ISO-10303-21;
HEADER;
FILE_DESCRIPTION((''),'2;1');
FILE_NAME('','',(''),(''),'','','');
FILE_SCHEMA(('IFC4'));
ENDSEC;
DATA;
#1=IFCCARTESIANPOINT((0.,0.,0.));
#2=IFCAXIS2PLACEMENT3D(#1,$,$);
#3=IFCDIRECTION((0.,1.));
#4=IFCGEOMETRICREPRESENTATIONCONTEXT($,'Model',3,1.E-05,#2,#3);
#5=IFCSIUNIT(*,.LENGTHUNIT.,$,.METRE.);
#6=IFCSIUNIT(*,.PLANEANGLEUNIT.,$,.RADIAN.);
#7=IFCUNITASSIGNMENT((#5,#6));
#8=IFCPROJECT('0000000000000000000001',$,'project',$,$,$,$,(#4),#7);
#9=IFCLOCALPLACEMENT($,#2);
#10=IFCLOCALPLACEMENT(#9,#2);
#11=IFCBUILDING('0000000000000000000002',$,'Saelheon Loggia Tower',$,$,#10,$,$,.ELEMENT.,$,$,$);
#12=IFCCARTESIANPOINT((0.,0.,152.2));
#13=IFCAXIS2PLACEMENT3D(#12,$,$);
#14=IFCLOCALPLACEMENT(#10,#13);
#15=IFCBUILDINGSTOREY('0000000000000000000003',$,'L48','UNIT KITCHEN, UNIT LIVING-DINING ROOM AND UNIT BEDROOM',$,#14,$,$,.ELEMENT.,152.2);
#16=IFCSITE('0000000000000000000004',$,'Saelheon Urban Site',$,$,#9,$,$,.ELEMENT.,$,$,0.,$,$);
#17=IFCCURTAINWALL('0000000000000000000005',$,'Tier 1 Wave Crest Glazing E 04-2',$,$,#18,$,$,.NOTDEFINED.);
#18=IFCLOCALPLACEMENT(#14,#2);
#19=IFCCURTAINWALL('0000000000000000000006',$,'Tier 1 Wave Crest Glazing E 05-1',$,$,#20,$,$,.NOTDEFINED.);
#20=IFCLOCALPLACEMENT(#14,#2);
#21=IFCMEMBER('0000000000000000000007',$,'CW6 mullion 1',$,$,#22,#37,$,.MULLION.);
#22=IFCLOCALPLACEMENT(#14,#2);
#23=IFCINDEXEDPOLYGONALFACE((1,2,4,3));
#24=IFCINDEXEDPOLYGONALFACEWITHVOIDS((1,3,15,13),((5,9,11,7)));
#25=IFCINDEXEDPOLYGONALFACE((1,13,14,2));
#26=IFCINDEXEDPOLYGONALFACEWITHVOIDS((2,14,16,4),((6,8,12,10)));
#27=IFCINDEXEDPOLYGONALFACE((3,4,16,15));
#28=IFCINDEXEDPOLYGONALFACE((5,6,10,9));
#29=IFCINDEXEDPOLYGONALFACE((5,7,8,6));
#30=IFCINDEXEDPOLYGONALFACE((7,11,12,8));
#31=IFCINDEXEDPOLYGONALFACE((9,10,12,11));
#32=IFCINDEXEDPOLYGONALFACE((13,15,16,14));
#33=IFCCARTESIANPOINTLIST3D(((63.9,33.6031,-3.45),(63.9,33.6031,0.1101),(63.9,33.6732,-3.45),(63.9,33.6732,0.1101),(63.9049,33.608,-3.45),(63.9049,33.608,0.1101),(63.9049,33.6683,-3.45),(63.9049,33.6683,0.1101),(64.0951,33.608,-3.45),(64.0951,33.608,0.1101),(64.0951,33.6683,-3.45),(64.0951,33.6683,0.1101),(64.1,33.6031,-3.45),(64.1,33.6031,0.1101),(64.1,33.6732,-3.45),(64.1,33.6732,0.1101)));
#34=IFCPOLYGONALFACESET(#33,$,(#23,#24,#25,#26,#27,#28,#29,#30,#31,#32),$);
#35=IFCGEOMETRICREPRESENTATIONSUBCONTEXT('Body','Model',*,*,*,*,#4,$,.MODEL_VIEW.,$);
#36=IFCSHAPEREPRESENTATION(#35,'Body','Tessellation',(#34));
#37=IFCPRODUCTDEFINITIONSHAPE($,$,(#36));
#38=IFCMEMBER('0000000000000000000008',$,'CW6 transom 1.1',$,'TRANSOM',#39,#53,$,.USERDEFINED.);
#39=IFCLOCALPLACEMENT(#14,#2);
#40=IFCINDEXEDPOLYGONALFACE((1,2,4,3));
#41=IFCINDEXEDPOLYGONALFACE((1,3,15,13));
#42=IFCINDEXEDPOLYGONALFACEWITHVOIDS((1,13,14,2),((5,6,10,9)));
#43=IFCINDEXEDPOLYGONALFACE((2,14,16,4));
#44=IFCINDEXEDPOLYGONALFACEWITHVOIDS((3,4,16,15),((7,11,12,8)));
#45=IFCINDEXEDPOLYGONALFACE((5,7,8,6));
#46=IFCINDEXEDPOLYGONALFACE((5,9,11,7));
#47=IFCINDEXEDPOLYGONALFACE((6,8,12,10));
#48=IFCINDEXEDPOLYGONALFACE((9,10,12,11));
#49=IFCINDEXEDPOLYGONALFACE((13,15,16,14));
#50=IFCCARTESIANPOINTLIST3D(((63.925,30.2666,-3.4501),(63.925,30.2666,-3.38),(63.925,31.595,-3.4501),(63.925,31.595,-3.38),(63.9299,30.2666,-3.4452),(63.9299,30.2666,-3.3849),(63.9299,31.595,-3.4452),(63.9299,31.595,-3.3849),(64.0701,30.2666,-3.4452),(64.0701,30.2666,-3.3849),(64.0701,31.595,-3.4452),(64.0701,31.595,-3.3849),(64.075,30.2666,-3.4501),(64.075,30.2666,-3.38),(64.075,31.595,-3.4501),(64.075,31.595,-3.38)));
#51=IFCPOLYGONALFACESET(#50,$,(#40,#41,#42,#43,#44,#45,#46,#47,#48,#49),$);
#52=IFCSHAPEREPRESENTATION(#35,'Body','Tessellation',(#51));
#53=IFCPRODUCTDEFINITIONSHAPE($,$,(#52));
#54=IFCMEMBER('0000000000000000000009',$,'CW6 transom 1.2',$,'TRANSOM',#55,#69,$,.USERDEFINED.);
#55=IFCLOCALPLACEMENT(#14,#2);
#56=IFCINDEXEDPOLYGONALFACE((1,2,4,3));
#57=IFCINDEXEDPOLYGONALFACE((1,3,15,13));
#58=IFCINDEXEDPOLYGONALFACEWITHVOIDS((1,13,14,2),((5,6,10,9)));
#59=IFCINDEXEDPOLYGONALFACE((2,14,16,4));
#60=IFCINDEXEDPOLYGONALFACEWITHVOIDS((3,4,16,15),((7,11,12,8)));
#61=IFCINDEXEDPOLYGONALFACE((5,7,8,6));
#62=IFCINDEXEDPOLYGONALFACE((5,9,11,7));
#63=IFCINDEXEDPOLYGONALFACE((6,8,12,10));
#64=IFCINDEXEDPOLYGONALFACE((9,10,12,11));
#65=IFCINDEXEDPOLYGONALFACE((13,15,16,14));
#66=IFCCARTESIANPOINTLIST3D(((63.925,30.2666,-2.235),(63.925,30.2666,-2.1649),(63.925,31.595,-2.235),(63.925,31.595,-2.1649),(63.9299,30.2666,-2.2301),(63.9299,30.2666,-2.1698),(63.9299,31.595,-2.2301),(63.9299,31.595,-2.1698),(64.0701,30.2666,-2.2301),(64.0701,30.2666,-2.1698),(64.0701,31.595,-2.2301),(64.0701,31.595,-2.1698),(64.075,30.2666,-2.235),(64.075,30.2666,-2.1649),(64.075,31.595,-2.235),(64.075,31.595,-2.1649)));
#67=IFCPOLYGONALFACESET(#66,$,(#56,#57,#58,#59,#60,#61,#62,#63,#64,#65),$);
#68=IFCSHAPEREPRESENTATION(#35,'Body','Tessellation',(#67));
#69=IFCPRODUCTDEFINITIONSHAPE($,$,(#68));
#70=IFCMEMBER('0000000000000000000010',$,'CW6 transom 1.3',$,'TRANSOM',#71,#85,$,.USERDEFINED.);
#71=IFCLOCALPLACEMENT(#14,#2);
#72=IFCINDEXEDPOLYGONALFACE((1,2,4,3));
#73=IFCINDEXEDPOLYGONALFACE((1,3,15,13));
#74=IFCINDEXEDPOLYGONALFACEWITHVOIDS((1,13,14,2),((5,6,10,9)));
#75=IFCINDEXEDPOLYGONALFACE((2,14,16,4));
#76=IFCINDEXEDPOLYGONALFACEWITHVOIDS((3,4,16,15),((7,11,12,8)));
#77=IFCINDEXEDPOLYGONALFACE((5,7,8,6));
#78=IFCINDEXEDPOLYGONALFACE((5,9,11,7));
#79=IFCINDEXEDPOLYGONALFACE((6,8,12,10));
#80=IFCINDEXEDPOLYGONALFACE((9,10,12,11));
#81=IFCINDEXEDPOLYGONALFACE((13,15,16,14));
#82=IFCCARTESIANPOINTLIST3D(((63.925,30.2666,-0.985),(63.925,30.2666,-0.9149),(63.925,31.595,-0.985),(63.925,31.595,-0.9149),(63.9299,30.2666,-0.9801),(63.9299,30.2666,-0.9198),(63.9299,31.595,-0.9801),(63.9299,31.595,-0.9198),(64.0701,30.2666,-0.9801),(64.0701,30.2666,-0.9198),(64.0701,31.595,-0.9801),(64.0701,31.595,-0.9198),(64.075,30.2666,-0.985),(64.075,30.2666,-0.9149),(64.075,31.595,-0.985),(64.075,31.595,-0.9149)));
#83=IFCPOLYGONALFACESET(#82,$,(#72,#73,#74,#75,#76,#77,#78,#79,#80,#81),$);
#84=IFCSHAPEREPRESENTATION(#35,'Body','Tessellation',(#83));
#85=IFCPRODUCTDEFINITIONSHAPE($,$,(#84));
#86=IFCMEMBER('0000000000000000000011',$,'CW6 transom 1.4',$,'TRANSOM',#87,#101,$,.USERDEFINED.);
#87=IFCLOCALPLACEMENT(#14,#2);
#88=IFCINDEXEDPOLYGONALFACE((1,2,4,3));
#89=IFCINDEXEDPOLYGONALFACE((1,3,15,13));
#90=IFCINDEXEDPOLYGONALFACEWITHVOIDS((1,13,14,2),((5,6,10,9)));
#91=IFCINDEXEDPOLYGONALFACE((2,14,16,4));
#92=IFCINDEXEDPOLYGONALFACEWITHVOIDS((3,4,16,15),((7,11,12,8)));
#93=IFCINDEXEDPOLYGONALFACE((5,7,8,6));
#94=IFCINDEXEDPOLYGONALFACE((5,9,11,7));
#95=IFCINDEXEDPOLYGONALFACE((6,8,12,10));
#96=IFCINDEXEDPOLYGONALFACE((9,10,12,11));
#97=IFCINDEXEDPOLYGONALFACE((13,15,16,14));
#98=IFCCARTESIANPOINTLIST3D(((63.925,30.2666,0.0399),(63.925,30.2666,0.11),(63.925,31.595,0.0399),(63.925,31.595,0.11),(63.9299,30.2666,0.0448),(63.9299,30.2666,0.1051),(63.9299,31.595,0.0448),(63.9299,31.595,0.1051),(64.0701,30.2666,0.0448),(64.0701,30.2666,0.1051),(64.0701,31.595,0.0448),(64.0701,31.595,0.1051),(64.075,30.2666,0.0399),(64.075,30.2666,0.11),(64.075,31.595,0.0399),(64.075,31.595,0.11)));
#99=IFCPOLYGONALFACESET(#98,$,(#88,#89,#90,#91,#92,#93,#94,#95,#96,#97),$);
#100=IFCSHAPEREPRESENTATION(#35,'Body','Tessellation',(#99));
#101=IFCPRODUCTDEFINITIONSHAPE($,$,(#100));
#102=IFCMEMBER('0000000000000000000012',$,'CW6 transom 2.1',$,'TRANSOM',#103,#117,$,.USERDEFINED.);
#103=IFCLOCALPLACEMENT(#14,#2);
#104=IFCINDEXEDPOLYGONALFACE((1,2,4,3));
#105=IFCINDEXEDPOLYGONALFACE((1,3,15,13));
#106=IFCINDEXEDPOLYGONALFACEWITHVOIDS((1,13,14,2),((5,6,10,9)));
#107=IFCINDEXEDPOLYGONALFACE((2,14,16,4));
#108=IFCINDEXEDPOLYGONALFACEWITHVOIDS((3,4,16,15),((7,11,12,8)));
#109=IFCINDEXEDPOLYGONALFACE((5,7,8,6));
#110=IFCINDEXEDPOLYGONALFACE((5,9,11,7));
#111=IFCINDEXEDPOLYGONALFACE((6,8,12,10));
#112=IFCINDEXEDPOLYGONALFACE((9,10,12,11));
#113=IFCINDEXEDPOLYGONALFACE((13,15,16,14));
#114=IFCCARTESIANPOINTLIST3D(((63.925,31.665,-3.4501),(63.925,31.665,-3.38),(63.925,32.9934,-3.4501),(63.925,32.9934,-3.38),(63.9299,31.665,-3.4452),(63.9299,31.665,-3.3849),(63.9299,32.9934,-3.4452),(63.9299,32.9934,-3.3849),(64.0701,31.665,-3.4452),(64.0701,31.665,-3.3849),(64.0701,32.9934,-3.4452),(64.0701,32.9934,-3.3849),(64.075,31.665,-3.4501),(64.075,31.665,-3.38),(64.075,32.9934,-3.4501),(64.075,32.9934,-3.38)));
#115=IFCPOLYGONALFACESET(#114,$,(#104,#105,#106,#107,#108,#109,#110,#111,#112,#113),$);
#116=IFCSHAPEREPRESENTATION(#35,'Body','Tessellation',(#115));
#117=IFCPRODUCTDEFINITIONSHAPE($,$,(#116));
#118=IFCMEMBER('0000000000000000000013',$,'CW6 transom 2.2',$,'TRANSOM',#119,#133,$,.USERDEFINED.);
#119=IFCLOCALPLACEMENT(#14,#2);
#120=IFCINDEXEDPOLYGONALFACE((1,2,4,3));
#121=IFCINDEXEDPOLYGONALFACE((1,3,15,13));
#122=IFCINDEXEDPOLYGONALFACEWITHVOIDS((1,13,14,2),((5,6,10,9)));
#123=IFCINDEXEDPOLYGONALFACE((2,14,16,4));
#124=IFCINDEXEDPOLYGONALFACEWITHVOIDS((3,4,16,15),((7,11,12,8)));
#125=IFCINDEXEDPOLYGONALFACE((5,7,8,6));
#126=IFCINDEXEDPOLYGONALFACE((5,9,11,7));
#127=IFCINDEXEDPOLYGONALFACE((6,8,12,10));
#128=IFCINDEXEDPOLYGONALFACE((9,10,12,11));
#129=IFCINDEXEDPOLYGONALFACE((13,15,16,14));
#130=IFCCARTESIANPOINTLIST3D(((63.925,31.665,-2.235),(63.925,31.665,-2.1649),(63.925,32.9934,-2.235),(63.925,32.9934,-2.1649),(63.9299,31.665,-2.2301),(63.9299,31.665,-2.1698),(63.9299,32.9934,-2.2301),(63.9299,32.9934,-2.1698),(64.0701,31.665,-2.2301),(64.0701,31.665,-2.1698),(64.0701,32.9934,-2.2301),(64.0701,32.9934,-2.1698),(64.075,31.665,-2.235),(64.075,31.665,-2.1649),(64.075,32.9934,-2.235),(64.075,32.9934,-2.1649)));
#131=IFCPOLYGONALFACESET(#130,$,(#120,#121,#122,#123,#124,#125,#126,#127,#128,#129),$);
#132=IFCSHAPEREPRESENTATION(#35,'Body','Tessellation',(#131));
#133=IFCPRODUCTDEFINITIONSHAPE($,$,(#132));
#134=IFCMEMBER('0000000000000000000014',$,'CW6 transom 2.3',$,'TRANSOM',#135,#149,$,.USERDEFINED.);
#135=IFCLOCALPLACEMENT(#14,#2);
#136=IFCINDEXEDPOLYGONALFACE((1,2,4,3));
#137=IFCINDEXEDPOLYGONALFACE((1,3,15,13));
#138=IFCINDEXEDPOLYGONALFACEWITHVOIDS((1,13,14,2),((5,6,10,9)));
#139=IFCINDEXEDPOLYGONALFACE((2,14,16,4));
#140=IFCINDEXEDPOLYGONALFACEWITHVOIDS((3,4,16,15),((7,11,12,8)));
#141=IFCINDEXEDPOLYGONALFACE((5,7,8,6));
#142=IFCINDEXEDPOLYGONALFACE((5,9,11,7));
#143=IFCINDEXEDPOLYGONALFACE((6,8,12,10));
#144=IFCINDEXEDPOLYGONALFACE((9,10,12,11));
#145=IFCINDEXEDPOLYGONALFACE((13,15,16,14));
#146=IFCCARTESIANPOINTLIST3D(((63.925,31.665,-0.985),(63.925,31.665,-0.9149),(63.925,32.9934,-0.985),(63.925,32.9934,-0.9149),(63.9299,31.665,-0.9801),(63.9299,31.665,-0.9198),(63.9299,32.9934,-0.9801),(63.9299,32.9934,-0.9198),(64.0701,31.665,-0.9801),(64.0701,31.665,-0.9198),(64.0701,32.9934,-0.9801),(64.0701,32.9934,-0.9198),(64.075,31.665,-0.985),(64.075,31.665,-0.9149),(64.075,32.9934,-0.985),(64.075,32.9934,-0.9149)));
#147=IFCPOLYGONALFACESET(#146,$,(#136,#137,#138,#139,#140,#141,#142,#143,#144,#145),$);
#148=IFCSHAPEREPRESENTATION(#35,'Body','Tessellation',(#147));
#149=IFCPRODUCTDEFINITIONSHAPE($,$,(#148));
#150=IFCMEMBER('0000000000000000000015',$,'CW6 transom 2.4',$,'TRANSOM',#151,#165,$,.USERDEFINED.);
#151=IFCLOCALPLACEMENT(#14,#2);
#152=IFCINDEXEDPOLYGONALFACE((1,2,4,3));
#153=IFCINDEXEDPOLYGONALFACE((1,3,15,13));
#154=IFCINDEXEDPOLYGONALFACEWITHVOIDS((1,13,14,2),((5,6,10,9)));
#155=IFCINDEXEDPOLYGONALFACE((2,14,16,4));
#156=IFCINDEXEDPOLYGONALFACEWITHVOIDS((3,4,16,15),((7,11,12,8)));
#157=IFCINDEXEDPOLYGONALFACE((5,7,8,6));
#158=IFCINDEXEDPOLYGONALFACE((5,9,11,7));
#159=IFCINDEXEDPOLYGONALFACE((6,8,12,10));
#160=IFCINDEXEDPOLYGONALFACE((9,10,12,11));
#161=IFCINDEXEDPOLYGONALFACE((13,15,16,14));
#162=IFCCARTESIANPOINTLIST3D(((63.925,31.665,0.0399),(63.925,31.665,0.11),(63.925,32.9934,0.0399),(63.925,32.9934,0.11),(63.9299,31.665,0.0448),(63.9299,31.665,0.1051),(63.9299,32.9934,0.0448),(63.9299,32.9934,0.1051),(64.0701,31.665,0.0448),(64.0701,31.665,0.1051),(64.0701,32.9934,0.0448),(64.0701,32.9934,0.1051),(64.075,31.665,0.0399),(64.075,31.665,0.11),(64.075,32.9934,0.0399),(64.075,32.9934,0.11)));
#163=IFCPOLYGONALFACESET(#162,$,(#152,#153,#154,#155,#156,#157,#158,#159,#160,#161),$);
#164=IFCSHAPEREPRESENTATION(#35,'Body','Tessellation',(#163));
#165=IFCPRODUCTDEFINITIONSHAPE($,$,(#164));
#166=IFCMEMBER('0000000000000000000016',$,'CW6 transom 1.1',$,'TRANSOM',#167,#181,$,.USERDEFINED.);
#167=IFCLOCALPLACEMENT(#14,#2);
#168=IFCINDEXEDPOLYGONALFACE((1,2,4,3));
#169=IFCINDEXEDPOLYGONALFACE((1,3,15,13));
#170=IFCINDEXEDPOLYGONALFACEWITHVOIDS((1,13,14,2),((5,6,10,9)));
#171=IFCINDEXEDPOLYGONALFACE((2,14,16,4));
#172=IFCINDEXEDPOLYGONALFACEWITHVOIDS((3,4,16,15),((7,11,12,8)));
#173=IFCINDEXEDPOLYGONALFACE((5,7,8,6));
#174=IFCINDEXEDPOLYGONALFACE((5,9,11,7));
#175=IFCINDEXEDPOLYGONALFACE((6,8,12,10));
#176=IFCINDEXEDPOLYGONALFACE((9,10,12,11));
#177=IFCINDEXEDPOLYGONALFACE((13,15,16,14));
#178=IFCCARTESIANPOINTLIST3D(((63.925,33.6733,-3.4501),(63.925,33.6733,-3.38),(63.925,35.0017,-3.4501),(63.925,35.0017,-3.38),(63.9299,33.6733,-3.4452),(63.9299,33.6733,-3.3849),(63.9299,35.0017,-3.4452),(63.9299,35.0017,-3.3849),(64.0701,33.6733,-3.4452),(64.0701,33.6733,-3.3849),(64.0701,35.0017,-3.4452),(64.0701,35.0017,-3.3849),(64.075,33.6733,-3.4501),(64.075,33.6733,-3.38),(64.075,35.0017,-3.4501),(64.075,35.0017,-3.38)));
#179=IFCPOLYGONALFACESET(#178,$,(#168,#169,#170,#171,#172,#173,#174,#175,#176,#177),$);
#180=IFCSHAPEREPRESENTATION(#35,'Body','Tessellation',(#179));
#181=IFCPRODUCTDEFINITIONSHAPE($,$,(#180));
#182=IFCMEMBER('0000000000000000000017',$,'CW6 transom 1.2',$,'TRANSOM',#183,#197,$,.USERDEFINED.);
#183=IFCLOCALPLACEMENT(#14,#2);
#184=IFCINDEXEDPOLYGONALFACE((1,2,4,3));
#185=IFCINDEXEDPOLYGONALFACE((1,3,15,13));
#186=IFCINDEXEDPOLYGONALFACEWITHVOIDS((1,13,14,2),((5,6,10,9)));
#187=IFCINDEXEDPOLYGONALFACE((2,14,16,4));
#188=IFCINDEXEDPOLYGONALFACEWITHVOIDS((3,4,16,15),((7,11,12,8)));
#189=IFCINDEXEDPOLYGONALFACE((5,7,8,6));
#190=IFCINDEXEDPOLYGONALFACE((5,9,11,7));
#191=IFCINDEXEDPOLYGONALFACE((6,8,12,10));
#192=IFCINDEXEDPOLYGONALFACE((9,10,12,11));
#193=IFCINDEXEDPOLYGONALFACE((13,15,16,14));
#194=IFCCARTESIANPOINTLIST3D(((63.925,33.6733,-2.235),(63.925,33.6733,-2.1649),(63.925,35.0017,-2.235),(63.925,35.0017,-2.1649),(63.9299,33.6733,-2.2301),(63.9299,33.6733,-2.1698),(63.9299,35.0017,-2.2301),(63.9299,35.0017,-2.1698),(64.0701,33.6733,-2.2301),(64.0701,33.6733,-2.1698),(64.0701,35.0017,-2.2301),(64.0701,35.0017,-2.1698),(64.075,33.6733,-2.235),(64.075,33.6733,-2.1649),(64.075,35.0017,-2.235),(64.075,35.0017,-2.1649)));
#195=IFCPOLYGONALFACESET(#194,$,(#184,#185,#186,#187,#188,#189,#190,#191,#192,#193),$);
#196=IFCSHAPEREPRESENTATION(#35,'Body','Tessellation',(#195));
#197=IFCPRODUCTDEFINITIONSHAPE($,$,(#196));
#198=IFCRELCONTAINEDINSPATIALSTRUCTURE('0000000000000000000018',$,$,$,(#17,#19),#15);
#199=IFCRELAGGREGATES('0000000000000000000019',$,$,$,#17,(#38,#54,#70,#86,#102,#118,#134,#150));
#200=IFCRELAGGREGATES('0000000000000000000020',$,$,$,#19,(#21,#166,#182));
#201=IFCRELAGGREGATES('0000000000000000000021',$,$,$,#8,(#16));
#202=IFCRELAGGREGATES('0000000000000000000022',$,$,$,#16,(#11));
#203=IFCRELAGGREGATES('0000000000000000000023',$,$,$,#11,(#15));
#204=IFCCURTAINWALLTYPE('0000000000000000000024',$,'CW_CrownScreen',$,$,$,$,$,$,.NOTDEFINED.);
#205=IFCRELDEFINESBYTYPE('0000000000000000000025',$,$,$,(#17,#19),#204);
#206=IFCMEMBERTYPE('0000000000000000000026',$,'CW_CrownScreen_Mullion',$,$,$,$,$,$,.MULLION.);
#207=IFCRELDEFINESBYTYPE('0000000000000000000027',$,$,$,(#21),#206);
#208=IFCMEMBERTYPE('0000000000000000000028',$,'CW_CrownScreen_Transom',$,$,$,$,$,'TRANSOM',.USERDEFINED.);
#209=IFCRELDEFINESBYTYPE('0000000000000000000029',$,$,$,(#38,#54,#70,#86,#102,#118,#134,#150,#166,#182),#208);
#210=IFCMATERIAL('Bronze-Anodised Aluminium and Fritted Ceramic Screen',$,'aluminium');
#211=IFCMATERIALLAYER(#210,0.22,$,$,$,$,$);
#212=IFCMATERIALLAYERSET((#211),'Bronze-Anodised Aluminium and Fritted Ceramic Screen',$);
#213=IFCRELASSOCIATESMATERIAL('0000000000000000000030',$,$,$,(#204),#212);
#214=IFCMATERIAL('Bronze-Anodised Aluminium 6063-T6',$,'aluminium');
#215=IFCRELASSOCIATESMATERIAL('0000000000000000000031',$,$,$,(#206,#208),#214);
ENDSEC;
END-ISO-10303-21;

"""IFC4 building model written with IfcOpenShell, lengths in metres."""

from ifc_helpers import new_model, si_unit, direction, frame, origin, origin_2d, place, context, subcontext, project, spatial, hollow_rectangle, extrude, source, transform, mapped, material, layer, layer_set, material_profile, profile_set, type_object, element, aggregate, save


model = new_model("IFC4")

# Units and contexts
model_context = context("Model", 3, precision=1e-05, world=origin(), true_north=direction((0.0, 1.0)))
body_context = subcontext(model_context, "Body", "Model", "MODEL_VIEW")
ifc_project = project(units=[si_unit("LENGTHUNIT", "METRE"), si_unit("PLANEANGLEUNIT", "RADIAN")], contexts=[model_context])

# Site, building, storey
site_placement = place(None, origin())
site = spatial("IfcSite", under=ifc_project, at=site_placement, Name="Saelheon Urban Site", CompositionType="ELEMENT", RefElevation=0.0)
building_placement = place(site_placement, origin())
building = spatial("IfcBuilding", under=site, at=building_placement, Name="Saelheon Loggia Tower", CompositionType="ELEMENT")
storey_placement = place(building_placement, frame((0.0, 0.0, 152.2)))
storey = spatial("IfcBuildingStorey", under=building, at=storey_placement, Name="L48", Description="UNIT KITCHEN, UNIT LIVING-DINING ROOM AND UNIT BEDROOM", CompositionType="ELEMENT", Elevation=152.2)

# Curtain wall
ifc_material_1 = material(Name="Bronze-Anodised Aluminium and Fritted Ceramic Screen", Category="aluminium")
ifc_layer_1 = layer(ifc_material_1, 0.22)
ifc_layer_set_1 = layer_set([ifc_layer_1], Name="Bronze-Anodised Aluminium and Fritted Ceramic Screen")
curtain_wall_type = type_object("IfcCurtainWallType", Name="CW_CrownScreen", PredefinedType="NOTDEFINED", material=ifc_layer_set_1)
curtain_wall_1_placement = place(storey_placement, origin())
curtain_wall_1 = element("IfcCurtainWall", 1, at=curtain_wall_1_placement, inside=storey, type_object=curtain_wall_type, Name="Tier 1 Wave Crest Glazing E 04-2", PredefinedType="NOTDEFINED")
ifc_material_2 = material(Name="Bronze-Anodised Aluminium 6063-T6", Category="aluminium")
ifc_material_profile_1 = material_profile(ifc_material_2, hollow_rectangle(XDim=0.0701, YDim=0.2, WallThickness=0.0049, at=origin_2d()), Name="RHS-200x70x5")
ifc_profile_set_1 = profile_set([ifc_material_profile_1], Name="Bronze-Anodised Aluminium 6063-T6")
member_type_1 = type_object("IfcMemberType", Name="CW_CrownScreen_Mullion", PredefinedType="MULLION", material=ifc_profile_set_1)
shared_shape_1 = source(origin(), body_context, "Body", "SweptSolid", [
    extrude(hollow_rectangle(XDim=0.0701, YDim=0.2, WallThickness=0.0049, at=origin_2d()), origin(), (0.0, 0.0, 1.0), 3.5601),
])

# Curtain wall, member
curtain_wall_2_placement = place(storey_placement, origin())
curtain_wall_2 = element("IfcCurtainWall", 2, at=curtain_wall_2_placement, inside=storey, type_object=curtain_wall_type, Name="Tier 1 Wave Crest Glazing E 05-1", PredefinedType="NOTDEFINED")
member_1_placement = place(storey_placement, frame((64.0, 33.6382, -3.45), z_axis=(0.0, 0.0, 1.0), x_axis=(0.0, 1.0, 0.0)))
member_1 = element("IfcMember", 3, at=member_1_placement, type_object=member_type_1, Name="CW6 mullion 1", PredefinedType="MULLION", context=body_context, shape_type="MappedRepresentation", body=[
    mapped(shared_shape_1, transform((0.0, 0.0, 0.0), scale=1.0)),
])

# Members
ifc_material_profile_2 = material_profile(ifc_material_2, hollow_rectangle(XDim=0.0701, YDim=0.1499, WallThickness=0.0049, at=origin_2d()), Name="RHS-150x70x5")
ifc_profile_set_2 = profile_set([ifc_material_profile_2], Name="Bronze-Anodised Aluminium 6063-T6")
member_type_2 = type_object("IfcMemberType", Name="CW_CrownScreen_Transom", ElementType="TRANSOM", PredefinedType="USERDEFINED", material=ifc_profile_set_2)
shared_shape_2 = source(origin(), body_context, "Body", "SweptSolid", [
    extrude(hollow_rectangle(XDim=0.0701, YDim=0.1499, WallThickness=0.0049, at=origin_2d()), origin(), (0.0, 0.0, 1.0), 1.3284),
])
member_2_placement = place(storey_placement, frame((64.0, 30.2666, -3.415), z_axis=(0.0, 1.0, 0.0), x_axis=(0.0, 0.0, 1.0)))
member_2 = element("IfcMember", 4, at=member_2_placement, type_object=member_type_2, Name="CW6 transom 1.1", ObjectType="TRANSOM", PredefinedType="USERDEFINED", context=body_context, shape_type="MappedRepresentation", body=[
    mapped(shared_shape_2, transform((0.0, 0.0, 0.0), scale=1.0)),
])
member_3_placement = place(storey_placement, frame((64.0, 30.2666, -2.2), z_axis=(0.0, 1.0, 0.0), x_axis=(0.0, 0.0, 1.0)))
member_3 = element("IfcMember", 5, at=member_3_placement, type_object=member_type_2, Name="CW6 transom 1.2", ObjectType="TRANSOM", PredefinedType="USERDEFINED", context=body_context, shape_type="MappedRepresentation", body=[
    mapped(shared_shape_2, transform((0.0, 0.0, 0.0), scale=1.0)),
])
member_4_placement = place(storey_placement, frame((64.0, 30.2666, -0.95), z_axis=(0.0, 1.0, 0.0), x_axis=(0.0, 0.0, 1.0)))
member_4 = element("IfcMember", 6, at=member_4_placement, type_object=member_type_2, Name="CW6 transom 1.3", ObjectType="TRANSOM", PredefinedType="USERDEFINED", context=body_context, shape_type="MappedRepresentation", body=[
    mapped(shared_shape_2, transform((0.0, 0.0, 0.0), scale=1.0)),
])
member_5_placement = place(storey_placement, frame((64.0, 30.2666, 0.075), z_axis=(0.0, 1.0, 0.0), x_axis=(0.0, 0.0, 1.0)))
member_5 = element("IfcMember", 7, at=member_5_placement, type_object=member_type_2, Name="CW6 transom 1.4", ObjectType="TRANSOM", PredefinedType="USERDEFINED", context=body_context, shape_type="MappedRepresentation", body=[
    mapped(shared_shape_2, transform((0.0, 0.0, 0.0), scale=1.0)),
])
member_6_placement = place(storey_placement, frame((64.0, 31.665, -3.415), z_axis=(0.0, 1.0, 0.0), x_axis=(0.0, 0.0, 1.0)))
member_6 = element("IfcMember", 8, at=member_6_placement, type_object=member_type_2, Name="CW6 transom 2.1", ObjectType="TRANSOM", PredefinedType="USERDEFINED", context=body_context, shape_type="MappedRepresentation", body=[
    mapped(shared_shape_2, transform((0.0, 0.0, 0.0), scale=1.0)),
])
member_7_placement = place(storey_placement, frame((64.0, 31.665, -2.2), z_axis=(0.0, 1.0, 0.0), x_axis=(0.0, 0.0, 1.0)))
member_7 = element("IfcMember", 9, at=member_7_placement, type_object=member_type_2, Name="CW6 transom 2.2", ObjectType="TRANSOM", PredefinedType="USERDEFINED", context=body_context, shape_type="MappedRepresentation", body=[
    mapped(shared_shape_2, transform((0.0, 0.0, 0.0), scale=1.0)),
])
member_8_placement = place(storey_placement, frame((64.0, 31.665, -0.95), z_axis=(0.0, 1.0, 0.0), x_axis=(0.0, 0.0, 1.0)))
member_8 = element("IfcMember", 10, at=member_8_placement, type_object=member_type_2, Name="CW6 transom 2.3", ObjectType="TRANSOM", PredefinedType="USERDEFINED", context=body_context, shape_type="MappedRepresentation", body=[
    mapped(shared_shape_2, transform((0.0, 0.0, 0.0), scale=1.0)),
])
member_9_placement = place(storey_placement, frame((64.0, 31.665, 0.075), z_axis=(0.0, 1.0, 0.0), x_axis=(0.0, 0.0, 1.0)))
member_9 = element("IfcMember", 11, at=member_9_placement, type_object=member_type_2, Name="CW6 transom 2.4", ObjectType="TRANSOM", PredefinedType="USERDEFINED", context=body_context, shape_type="MappedRepresentation", body=[
    mapped(shared_shape_2, transform((0.0, 0.0, 0.0), scale=1.0)),
])
member_10_placement = place(storey_placement, frame((64.0, 33.6733, -3.415), z_axis=(0.0, 1.0, 0.0), x_axis=(0.0, 0.0, 1.0)))
member_10 = element("IfcMember", 12, at=member_10_placement, type_object=member_type_2, Name="CW6 transom 1.1", ObjectType="TRANSOM", PredefinedType="USERDEFINED", context=body_context, shape_type="MappedRepresentation", body=[
    mapped(shared_shape_2, transform((0.0, 0.0, 0.0), scale=1.0)),
])
member_11_placement = place(storey_placement, frame((64.0, 33.6733, -2.2), z_axis=(0.0, 1.0, 0.0), x_axis=(0.0, 0.0, 1.0)))
member_11 = element("IfcMember", 13, at=member_11_placement, type_object=member_type_2, Name="CW6 transom 1.2", ObjectType="TRANSOM", PredefinedType="USERDEFINED", context=body_context, shape_type="MappedRepresentation", body=[
    mapped(shared_shape_2, transform((0.0, 0.0, 0.0), scale=1.0)),
])

aggregate(curtain_wall_1, [member_2, member_3, member_4, member_5, member_6, member_7, member_8, member_9])
aggregate(curtain_wall_2, [member_1, member_10, member_11])

save(model, "model.ifc")
